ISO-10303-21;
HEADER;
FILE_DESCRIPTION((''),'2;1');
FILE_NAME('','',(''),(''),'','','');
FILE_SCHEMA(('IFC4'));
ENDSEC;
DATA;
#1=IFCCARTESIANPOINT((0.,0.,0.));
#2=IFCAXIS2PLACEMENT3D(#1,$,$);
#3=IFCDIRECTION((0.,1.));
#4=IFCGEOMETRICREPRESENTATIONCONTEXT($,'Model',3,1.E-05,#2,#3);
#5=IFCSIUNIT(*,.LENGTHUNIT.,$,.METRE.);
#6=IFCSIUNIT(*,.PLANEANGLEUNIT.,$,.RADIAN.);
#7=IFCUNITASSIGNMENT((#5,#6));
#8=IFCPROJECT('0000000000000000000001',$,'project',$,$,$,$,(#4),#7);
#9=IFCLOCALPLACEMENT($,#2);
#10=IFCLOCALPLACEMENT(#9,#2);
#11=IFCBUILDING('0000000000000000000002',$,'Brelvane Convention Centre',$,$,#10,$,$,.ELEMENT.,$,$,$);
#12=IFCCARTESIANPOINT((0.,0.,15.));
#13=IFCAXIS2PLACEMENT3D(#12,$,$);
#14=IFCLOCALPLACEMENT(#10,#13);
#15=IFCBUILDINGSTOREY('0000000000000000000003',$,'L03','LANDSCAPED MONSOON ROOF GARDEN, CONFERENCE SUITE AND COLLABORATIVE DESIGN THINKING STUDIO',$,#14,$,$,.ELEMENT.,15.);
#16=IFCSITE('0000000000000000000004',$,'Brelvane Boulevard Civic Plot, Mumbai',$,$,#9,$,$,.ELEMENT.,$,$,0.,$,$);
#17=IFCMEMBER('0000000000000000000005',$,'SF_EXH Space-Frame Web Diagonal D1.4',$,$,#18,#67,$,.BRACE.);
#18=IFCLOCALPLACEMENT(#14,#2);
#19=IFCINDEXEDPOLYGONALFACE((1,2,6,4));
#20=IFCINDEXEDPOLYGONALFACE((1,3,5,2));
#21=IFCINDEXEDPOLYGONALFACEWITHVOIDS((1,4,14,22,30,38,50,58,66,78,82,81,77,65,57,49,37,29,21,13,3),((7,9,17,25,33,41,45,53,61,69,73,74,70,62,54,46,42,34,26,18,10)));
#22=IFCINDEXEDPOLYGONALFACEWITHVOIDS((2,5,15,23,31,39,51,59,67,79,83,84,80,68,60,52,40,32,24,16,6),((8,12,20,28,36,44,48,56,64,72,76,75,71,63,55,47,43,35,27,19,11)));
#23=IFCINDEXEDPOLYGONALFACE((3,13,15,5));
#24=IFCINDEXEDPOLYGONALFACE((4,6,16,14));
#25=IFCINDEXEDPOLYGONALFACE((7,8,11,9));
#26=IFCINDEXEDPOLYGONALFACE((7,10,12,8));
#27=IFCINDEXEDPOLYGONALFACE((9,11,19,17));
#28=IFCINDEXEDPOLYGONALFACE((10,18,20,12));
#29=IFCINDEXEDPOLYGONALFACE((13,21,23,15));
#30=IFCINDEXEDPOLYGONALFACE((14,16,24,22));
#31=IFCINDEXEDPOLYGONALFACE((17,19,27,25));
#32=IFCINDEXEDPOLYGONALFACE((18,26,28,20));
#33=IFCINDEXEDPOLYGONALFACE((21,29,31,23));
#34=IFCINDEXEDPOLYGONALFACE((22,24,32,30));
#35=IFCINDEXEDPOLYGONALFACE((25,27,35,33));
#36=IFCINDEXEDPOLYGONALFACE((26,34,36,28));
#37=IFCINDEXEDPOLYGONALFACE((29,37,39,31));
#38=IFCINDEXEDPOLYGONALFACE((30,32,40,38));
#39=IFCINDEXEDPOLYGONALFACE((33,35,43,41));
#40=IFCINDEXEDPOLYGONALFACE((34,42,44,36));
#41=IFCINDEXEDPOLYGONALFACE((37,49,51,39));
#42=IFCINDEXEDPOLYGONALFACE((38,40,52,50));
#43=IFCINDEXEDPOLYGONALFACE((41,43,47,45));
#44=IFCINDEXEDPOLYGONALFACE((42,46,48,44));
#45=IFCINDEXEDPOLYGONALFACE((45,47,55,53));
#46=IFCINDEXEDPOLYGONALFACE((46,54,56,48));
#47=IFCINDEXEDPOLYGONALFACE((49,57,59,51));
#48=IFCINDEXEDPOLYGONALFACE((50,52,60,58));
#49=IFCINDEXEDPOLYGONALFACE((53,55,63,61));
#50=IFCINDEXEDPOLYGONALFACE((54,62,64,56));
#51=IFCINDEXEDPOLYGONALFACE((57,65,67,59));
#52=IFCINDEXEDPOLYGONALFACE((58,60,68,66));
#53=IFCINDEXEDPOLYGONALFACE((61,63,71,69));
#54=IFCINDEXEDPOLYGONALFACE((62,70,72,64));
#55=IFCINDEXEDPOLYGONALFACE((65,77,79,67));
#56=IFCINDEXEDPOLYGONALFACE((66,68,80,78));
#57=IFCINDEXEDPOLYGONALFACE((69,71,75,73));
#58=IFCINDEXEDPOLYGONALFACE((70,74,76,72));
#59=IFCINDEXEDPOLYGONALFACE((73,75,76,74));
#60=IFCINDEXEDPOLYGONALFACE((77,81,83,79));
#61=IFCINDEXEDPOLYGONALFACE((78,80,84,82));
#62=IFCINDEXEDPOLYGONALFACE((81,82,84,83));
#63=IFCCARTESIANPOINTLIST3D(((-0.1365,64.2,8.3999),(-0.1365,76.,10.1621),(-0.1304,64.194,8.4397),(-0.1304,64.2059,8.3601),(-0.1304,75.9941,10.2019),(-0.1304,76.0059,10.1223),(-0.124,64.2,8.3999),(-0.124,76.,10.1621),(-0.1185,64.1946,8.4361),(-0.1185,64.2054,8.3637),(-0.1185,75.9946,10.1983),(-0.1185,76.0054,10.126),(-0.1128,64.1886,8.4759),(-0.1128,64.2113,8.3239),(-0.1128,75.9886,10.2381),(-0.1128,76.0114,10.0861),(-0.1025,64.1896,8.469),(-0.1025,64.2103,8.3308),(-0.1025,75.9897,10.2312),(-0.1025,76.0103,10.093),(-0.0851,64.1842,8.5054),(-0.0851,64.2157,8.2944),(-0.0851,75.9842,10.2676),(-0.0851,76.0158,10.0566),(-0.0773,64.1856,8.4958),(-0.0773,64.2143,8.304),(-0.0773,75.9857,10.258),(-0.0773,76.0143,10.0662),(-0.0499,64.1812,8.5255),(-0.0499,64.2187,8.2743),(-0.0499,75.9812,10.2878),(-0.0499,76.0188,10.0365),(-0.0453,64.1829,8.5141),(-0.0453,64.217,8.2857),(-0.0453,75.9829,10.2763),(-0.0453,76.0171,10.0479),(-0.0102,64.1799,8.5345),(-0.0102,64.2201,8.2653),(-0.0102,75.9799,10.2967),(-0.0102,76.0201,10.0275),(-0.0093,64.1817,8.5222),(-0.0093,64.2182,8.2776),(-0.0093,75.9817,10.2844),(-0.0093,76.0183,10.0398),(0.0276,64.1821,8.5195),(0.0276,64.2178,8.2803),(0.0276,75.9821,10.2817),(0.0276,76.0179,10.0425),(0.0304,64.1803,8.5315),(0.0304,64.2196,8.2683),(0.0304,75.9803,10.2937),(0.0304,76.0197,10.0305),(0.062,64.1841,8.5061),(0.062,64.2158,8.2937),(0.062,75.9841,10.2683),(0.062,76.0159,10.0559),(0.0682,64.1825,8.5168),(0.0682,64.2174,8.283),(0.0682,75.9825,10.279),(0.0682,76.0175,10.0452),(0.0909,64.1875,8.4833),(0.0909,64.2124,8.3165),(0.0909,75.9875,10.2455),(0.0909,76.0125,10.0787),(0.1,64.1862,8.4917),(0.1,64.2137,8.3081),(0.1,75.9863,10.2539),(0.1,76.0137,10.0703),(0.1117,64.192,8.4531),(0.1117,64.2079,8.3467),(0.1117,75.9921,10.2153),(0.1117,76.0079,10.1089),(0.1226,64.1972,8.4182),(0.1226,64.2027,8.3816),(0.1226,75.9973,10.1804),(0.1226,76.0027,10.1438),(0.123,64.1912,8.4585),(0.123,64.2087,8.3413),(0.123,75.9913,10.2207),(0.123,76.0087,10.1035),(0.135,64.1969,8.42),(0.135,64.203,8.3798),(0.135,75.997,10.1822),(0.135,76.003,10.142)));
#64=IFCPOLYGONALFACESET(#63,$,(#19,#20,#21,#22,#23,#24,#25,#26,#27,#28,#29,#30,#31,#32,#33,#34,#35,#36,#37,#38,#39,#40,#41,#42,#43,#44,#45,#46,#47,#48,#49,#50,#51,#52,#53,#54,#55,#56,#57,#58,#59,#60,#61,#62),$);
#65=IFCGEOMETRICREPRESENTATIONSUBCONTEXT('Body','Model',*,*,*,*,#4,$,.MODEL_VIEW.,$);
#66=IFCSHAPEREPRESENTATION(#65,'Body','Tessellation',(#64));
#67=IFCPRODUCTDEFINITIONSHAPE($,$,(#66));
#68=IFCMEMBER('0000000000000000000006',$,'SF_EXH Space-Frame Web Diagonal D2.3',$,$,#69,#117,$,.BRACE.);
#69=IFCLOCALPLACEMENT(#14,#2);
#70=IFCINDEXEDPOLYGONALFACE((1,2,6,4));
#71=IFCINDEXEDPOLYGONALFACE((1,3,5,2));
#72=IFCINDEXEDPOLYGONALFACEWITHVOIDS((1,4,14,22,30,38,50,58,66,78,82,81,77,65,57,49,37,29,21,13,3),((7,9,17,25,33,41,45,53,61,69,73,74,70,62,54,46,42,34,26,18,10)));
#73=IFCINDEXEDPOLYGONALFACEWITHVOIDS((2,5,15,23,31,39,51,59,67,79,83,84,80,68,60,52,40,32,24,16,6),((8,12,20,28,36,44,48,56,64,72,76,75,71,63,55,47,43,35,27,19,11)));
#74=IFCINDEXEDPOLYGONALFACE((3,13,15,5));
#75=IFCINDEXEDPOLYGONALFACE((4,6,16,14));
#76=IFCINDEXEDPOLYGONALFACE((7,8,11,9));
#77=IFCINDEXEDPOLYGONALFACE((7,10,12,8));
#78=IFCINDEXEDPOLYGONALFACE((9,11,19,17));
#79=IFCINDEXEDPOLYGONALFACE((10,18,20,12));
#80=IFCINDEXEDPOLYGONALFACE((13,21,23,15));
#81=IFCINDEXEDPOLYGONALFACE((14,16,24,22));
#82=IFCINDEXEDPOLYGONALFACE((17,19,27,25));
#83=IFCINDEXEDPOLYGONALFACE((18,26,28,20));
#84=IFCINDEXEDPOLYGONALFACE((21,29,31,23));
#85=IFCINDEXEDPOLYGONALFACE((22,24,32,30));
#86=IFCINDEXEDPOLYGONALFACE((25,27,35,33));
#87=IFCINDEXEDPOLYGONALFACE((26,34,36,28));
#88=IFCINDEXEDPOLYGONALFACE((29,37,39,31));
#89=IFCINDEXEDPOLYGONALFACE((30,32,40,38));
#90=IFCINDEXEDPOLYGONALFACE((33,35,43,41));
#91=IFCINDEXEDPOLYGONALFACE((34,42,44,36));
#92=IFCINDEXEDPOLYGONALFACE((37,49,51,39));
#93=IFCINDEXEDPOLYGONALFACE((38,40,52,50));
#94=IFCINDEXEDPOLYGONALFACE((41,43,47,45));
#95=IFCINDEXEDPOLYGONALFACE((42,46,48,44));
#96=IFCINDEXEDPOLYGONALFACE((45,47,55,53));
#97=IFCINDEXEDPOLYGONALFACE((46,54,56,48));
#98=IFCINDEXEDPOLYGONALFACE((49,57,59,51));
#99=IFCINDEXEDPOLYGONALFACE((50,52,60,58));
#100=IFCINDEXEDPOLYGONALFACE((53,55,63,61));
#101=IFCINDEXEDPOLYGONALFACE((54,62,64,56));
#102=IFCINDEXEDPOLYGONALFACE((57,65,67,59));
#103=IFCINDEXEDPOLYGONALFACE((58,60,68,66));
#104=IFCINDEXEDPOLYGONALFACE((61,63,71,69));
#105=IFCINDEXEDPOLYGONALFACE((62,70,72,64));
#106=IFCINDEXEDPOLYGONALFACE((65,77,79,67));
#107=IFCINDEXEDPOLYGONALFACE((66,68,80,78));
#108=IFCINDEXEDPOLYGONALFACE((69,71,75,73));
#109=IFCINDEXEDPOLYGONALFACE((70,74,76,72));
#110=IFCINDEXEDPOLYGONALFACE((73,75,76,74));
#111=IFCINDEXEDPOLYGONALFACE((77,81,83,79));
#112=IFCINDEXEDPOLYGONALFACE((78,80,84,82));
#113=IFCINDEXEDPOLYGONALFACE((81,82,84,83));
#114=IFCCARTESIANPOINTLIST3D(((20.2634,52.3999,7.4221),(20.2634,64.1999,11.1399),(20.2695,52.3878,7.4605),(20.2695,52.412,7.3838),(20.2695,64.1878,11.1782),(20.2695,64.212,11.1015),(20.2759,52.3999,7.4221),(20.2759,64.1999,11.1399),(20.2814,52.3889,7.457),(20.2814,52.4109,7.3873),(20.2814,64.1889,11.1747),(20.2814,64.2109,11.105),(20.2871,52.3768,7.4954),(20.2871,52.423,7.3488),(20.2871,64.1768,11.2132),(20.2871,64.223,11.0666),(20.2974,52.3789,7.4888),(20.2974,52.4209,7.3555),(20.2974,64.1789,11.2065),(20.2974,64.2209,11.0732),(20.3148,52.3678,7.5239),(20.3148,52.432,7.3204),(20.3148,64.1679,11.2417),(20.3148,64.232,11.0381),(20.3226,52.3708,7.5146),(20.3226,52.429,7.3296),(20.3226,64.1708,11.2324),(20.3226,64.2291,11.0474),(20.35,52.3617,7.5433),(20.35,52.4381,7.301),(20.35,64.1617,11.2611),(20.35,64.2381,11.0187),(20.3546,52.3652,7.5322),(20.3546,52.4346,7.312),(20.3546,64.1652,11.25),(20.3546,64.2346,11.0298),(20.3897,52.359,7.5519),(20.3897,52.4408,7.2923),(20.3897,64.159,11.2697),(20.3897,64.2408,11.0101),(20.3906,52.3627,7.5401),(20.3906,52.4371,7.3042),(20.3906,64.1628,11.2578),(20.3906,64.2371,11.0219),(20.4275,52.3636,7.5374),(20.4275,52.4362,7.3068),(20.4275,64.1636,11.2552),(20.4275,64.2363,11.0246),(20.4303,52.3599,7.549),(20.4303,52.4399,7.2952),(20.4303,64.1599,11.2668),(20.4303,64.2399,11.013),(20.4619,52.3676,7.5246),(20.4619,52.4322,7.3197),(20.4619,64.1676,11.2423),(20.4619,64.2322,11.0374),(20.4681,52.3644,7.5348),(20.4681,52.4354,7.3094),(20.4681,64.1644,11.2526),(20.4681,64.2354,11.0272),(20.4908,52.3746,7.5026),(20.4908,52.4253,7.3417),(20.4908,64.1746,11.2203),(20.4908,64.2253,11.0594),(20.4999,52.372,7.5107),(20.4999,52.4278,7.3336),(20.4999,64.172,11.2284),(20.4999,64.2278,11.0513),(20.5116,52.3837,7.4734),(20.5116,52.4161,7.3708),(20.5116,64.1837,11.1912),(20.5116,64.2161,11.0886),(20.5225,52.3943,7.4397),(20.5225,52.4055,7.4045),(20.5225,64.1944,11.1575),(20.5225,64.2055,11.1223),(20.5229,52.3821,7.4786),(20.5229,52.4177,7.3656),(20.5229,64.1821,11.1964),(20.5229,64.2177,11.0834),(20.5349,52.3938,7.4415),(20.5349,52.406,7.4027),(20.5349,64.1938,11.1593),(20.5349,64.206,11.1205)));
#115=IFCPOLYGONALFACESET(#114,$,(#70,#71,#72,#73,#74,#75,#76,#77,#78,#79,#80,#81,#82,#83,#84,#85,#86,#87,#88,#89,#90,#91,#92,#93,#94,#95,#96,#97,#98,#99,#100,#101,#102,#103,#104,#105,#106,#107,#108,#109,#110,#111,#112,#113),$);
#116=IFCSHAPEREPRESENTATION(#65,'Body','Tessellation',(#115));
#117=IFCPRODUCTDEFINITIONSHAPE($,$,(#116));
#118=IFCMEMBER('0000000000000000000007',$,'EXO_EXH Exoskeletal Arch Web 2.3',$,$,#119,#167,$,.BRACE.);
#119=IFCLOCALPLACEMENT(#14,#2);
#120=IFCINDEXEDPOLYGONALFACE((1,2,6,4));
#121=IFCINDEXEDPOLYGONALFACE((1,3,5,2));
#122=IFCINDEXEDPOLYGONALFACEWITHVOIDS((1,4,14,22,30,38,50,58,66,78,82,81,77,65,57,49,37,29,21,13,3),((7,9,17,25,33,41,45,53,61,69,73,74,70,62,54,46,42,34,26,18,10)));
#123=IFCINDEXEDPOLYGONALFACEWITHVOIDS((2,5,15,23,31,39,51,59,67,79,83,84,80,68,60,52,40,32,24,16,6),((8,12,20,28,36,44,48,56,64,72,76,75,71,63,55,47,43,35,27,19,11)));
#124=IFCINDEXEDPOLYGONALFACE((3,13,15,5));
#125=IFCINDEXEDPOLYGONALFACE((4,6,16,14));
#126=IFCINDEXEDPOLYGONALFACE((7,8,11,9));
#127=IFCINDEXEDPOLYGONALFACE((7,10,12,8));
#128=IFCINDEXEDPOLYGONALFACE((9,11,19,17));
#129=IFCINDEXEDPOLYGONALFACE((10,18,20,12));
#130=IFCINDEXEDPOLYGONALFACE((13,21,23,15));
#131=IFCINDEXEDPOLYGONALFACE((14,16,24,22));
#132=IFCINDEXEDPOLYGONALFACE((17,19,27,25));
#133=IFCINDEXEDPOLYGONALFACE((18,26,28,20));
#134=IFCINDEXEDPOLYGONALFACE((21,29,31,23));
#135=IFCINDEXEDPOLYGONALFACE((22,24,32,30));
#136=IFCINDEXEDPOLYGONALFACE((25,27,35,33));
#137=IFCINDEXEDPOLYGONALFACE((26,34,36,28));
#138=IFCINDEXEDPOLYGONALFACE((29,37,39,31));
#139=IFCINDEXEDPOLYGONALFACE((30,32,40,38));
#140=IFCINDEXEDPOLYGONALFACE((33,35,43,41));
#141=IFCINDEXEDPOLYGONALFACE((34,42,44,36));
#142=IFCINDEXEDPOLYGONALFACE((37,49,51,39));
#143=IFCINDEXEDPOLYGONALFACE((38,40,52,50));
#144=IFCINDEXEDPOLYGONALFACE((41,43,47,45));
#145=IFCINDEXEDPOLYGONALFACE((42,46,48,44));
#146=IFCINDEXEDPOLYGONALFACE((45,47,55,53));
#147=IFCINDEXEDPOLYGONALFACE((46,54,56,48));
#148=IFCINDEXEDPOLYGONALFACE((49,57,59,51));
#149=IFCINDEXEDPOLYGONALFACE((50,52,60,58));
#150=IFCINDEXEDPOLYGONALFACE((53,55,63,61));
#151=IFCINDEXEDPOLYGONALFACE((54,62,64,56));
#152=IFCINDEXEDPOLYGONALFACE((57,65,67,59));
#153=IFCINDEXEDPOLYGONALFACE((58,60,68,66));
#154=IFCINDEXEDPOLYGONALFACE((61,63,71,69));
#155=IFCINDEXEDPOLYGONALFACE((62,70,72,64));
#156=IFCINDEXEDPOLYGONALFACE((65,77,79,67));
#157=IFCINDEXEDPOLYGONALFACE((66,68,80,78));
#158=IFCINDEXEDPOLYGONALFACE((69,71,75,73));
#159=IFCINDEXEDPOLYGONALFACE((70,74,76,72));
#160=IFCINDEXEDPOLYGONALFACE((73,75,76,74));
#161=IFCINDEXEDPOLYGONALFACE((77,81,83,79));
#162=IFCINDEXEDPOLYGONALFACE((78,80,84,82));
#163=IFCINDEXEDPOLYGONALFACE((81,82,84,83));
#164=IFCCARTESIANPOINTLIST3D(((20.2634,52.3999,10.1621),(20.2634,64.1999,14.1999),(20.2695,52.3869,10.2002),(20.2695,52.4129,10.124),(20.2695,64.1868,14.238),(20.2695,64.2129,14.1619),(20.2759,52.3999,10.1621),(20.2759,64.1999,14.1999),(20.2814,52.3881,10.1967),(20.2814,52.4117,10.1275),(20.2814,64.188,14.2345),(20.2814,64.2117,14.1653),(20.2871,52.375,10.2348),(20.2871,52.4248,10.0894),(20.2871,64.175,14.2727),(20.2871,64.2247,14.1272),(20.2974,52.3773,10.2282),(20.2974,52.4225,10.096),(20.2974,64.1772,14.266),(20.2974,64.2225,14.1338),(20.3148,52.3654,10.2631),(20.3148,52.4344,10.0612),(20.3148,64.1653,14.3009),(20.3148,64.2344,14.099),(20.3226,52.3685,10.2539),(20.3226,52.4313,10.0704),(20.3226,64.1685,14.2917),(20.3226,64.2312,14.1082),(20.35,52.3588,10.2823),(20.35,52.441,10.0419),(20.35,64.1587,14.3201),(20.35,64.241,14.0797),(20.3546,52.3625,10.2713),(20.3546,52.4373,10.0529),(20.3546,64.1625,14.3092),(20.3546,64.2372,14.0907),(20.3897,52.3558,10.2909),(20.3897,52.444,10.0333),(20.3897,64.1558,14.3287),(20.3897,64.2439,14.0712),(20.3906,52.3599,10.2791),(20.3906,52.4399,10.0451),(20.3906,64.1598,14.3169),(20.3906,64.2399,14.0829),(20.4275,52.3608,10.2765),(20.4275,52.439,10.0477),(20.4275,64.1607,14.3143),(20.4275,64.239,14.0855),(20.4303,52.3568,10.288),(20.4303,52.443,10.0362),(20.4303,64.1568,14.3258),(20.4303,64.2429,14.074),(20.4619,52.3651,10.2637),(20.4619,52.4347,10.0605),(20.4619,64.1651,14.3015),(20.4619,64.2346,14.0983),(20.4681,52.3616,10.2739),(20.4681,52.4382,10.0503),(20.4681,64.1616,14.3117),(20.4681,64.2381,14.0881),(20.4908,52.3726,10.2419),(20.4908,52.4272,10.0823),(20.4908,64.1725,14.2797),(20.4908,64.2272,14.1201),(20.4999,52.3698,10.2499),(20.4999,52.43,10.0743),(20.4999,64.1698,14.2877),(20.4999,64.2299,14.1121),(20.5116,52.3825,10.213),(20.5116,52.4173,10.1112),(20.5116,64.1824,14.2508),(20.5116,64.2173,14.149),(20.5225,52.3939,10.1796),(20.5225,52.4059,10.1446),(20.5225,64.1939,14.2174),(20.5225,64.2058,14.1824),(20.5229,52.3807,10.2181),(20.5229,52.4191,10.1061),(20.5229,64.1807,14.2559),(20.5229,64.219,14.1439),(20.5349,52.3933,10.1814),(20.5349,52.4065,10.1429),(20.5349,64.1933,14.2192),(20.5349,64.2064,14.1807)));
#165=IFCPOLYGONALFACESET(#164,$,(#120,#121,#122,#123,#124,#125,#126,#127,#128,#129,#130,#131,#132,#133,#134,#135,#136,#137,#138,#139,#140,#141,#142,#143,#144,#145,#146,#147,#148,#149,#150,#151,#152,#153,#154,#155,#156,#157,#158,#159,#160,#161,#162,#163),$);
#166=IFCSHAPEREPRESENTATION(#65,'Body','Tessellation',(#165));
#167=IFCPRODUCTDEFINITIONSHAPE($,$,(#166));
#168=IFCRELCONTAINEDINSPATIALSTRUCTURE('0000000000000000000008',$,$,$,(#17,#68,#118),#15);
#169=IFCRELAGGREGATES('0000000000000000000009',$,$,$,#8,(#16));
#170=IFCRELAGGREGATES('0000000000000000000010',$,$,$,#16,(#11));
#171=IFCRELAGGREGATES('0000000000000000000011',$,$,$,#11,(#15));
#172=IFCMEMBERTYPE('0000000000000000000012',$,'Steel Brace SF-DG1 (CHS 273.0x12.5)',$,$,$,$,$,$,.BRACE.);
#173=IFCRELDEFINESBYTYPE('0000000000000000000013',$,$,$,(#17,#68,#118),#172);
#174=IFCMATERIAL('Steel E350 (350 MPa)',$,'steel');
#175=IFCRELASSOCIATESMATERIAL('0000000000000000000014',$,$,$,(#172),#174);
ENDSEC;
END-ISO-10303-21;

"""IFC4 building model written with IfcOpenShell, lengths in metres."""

from ifc_helpers import new_model, si_unit, direction, frame, origin, origin_2d, place, context, subcontext, project, spatial, hollow_circle, extrude, material, material_profile, profile_set, type_object, element, save


model = new_model("IFC4")

# Units and contexts
model_context = context("Model", 3, precision=1e-05, world=origin(), true_north=direction((0.0, 1.0)))
body_context = subcontext(model_context, "Body", "Model", "MODEL_VIEW")
ifc_project = project(units=[si_unit("LENGTHUNIT", "METRE"), si_unit("PLANEANGLEUNIT", "RADIAN")], contexts=[model_context])

# Site, building, storey
site_placement = place(None, origin())
site = spatial("IfcSite", under=ifc_project, at=site_placement, Name="Brelvane Boulevard Civic Plot, Mumbai", CompositionType="ELEMENT", RefElevation=0.0)
building_placement = place(site_placement, origin())
building = spatial("IfcBuilding", under=site, at=building_placement, Name="Brelvane Convention Centre", CompositionType="ELEMENT")
storey_placement = place(building_placement, frame((0.0, 0.0, 15.0)))
storey = spatial("IfcBuildingStorey", under=building, at=storey_placement, Name="L03", Description="LANDSCAPED MONSOON ROOF GARDEN, CONFERENCE SUITE AND COLLABORATIVE DESIGN THINKING STUDIO", CompositionType="ELEMENT", Elevation=15.0)

# Members
ifc_material_1 = material(Name="Steel E350 (350 MPa)", Category="steel")
ifc_material_profile_1 = material_profile(ifc_material_1, hollow_circle(Radius=0.1365, WallThickness=0.0125, at=origin_2d()), Name="CHS 273.0x12.5")
ifc_profile_set_1 = profile_set([ifc_material_profile_1], Name="Steel E350 (350 MPa)")
member_type_1 = type_object("IfcMemberType", Name="Steel Brace SF-DG1 (CHS 273.0x12.5)", PredefinedType="BRACE", material=ifc_profile_set_1)
member_1_placement = place(storey_placement, frame((0.0, 64.2, 8.3999), z_axis=(0.0, 0.989032, 0.147701), x_axis=(-1.0, 0.0, 0.0)))
element("IfcMember", 1, at=member_1_placement, inside=storey, type_object=member_type_1, Name="SF_EXH Space-Frame Web Diagonal D1.4", PredefinedType="BRACE", context=body_context, shape_type="SweptSolid", body=[
    extrude(hollow_circle(Radius=0.1365, WallThickness=0.0125, at=origin_2d()), origin(), (0.0, 0.0, 1.0), 11.9309),
])
member_2_placement = place(storey_placement, frame((20.3999, 52.3999, 7.4221), z_axis=(0.0, 0.953781, 0.300502), x_axis=(-1.0, 0.0, 0.0)))
element("IfcMember", 2, at=member_2_placement, inside=storey, type_object=member_type_1, Name="SF_EXH Space-Frame Web Diagonal D2.3", PredefinedType="BRACE", context=body_context, shape_type="SweptSolid", body=[
    extrude(hollow_circle(Radius=0.1365, WallThickness=0.0125, at=origin_2d()), origin(), (0.0, 0.0, 1.0), 12.3718),
])
member_3_placement = place(storey_placement, frame((20.3999, 52.3999, 10.1621), z_axis=(0.0, 0.94614, 0.323758), x_axis=(-1.0, 0.0, 0.0)))
element("IfcMember", 3, at=member_3_placement, inside=storey, type_object=member_type_1, Name="EXO_EXH Exoskeletal Arch Web 2.3", PredefinedType="BRACE", context=body_context, shape_type="SweptSolid", body=[
    extrude(hollow_circle(Radius=0.1365, WallThickness=0.0125, at=origin_2d()), origin(), (0.0, 0.0, 1.0), 12.4717),
])

save(model, "model.ifc")
